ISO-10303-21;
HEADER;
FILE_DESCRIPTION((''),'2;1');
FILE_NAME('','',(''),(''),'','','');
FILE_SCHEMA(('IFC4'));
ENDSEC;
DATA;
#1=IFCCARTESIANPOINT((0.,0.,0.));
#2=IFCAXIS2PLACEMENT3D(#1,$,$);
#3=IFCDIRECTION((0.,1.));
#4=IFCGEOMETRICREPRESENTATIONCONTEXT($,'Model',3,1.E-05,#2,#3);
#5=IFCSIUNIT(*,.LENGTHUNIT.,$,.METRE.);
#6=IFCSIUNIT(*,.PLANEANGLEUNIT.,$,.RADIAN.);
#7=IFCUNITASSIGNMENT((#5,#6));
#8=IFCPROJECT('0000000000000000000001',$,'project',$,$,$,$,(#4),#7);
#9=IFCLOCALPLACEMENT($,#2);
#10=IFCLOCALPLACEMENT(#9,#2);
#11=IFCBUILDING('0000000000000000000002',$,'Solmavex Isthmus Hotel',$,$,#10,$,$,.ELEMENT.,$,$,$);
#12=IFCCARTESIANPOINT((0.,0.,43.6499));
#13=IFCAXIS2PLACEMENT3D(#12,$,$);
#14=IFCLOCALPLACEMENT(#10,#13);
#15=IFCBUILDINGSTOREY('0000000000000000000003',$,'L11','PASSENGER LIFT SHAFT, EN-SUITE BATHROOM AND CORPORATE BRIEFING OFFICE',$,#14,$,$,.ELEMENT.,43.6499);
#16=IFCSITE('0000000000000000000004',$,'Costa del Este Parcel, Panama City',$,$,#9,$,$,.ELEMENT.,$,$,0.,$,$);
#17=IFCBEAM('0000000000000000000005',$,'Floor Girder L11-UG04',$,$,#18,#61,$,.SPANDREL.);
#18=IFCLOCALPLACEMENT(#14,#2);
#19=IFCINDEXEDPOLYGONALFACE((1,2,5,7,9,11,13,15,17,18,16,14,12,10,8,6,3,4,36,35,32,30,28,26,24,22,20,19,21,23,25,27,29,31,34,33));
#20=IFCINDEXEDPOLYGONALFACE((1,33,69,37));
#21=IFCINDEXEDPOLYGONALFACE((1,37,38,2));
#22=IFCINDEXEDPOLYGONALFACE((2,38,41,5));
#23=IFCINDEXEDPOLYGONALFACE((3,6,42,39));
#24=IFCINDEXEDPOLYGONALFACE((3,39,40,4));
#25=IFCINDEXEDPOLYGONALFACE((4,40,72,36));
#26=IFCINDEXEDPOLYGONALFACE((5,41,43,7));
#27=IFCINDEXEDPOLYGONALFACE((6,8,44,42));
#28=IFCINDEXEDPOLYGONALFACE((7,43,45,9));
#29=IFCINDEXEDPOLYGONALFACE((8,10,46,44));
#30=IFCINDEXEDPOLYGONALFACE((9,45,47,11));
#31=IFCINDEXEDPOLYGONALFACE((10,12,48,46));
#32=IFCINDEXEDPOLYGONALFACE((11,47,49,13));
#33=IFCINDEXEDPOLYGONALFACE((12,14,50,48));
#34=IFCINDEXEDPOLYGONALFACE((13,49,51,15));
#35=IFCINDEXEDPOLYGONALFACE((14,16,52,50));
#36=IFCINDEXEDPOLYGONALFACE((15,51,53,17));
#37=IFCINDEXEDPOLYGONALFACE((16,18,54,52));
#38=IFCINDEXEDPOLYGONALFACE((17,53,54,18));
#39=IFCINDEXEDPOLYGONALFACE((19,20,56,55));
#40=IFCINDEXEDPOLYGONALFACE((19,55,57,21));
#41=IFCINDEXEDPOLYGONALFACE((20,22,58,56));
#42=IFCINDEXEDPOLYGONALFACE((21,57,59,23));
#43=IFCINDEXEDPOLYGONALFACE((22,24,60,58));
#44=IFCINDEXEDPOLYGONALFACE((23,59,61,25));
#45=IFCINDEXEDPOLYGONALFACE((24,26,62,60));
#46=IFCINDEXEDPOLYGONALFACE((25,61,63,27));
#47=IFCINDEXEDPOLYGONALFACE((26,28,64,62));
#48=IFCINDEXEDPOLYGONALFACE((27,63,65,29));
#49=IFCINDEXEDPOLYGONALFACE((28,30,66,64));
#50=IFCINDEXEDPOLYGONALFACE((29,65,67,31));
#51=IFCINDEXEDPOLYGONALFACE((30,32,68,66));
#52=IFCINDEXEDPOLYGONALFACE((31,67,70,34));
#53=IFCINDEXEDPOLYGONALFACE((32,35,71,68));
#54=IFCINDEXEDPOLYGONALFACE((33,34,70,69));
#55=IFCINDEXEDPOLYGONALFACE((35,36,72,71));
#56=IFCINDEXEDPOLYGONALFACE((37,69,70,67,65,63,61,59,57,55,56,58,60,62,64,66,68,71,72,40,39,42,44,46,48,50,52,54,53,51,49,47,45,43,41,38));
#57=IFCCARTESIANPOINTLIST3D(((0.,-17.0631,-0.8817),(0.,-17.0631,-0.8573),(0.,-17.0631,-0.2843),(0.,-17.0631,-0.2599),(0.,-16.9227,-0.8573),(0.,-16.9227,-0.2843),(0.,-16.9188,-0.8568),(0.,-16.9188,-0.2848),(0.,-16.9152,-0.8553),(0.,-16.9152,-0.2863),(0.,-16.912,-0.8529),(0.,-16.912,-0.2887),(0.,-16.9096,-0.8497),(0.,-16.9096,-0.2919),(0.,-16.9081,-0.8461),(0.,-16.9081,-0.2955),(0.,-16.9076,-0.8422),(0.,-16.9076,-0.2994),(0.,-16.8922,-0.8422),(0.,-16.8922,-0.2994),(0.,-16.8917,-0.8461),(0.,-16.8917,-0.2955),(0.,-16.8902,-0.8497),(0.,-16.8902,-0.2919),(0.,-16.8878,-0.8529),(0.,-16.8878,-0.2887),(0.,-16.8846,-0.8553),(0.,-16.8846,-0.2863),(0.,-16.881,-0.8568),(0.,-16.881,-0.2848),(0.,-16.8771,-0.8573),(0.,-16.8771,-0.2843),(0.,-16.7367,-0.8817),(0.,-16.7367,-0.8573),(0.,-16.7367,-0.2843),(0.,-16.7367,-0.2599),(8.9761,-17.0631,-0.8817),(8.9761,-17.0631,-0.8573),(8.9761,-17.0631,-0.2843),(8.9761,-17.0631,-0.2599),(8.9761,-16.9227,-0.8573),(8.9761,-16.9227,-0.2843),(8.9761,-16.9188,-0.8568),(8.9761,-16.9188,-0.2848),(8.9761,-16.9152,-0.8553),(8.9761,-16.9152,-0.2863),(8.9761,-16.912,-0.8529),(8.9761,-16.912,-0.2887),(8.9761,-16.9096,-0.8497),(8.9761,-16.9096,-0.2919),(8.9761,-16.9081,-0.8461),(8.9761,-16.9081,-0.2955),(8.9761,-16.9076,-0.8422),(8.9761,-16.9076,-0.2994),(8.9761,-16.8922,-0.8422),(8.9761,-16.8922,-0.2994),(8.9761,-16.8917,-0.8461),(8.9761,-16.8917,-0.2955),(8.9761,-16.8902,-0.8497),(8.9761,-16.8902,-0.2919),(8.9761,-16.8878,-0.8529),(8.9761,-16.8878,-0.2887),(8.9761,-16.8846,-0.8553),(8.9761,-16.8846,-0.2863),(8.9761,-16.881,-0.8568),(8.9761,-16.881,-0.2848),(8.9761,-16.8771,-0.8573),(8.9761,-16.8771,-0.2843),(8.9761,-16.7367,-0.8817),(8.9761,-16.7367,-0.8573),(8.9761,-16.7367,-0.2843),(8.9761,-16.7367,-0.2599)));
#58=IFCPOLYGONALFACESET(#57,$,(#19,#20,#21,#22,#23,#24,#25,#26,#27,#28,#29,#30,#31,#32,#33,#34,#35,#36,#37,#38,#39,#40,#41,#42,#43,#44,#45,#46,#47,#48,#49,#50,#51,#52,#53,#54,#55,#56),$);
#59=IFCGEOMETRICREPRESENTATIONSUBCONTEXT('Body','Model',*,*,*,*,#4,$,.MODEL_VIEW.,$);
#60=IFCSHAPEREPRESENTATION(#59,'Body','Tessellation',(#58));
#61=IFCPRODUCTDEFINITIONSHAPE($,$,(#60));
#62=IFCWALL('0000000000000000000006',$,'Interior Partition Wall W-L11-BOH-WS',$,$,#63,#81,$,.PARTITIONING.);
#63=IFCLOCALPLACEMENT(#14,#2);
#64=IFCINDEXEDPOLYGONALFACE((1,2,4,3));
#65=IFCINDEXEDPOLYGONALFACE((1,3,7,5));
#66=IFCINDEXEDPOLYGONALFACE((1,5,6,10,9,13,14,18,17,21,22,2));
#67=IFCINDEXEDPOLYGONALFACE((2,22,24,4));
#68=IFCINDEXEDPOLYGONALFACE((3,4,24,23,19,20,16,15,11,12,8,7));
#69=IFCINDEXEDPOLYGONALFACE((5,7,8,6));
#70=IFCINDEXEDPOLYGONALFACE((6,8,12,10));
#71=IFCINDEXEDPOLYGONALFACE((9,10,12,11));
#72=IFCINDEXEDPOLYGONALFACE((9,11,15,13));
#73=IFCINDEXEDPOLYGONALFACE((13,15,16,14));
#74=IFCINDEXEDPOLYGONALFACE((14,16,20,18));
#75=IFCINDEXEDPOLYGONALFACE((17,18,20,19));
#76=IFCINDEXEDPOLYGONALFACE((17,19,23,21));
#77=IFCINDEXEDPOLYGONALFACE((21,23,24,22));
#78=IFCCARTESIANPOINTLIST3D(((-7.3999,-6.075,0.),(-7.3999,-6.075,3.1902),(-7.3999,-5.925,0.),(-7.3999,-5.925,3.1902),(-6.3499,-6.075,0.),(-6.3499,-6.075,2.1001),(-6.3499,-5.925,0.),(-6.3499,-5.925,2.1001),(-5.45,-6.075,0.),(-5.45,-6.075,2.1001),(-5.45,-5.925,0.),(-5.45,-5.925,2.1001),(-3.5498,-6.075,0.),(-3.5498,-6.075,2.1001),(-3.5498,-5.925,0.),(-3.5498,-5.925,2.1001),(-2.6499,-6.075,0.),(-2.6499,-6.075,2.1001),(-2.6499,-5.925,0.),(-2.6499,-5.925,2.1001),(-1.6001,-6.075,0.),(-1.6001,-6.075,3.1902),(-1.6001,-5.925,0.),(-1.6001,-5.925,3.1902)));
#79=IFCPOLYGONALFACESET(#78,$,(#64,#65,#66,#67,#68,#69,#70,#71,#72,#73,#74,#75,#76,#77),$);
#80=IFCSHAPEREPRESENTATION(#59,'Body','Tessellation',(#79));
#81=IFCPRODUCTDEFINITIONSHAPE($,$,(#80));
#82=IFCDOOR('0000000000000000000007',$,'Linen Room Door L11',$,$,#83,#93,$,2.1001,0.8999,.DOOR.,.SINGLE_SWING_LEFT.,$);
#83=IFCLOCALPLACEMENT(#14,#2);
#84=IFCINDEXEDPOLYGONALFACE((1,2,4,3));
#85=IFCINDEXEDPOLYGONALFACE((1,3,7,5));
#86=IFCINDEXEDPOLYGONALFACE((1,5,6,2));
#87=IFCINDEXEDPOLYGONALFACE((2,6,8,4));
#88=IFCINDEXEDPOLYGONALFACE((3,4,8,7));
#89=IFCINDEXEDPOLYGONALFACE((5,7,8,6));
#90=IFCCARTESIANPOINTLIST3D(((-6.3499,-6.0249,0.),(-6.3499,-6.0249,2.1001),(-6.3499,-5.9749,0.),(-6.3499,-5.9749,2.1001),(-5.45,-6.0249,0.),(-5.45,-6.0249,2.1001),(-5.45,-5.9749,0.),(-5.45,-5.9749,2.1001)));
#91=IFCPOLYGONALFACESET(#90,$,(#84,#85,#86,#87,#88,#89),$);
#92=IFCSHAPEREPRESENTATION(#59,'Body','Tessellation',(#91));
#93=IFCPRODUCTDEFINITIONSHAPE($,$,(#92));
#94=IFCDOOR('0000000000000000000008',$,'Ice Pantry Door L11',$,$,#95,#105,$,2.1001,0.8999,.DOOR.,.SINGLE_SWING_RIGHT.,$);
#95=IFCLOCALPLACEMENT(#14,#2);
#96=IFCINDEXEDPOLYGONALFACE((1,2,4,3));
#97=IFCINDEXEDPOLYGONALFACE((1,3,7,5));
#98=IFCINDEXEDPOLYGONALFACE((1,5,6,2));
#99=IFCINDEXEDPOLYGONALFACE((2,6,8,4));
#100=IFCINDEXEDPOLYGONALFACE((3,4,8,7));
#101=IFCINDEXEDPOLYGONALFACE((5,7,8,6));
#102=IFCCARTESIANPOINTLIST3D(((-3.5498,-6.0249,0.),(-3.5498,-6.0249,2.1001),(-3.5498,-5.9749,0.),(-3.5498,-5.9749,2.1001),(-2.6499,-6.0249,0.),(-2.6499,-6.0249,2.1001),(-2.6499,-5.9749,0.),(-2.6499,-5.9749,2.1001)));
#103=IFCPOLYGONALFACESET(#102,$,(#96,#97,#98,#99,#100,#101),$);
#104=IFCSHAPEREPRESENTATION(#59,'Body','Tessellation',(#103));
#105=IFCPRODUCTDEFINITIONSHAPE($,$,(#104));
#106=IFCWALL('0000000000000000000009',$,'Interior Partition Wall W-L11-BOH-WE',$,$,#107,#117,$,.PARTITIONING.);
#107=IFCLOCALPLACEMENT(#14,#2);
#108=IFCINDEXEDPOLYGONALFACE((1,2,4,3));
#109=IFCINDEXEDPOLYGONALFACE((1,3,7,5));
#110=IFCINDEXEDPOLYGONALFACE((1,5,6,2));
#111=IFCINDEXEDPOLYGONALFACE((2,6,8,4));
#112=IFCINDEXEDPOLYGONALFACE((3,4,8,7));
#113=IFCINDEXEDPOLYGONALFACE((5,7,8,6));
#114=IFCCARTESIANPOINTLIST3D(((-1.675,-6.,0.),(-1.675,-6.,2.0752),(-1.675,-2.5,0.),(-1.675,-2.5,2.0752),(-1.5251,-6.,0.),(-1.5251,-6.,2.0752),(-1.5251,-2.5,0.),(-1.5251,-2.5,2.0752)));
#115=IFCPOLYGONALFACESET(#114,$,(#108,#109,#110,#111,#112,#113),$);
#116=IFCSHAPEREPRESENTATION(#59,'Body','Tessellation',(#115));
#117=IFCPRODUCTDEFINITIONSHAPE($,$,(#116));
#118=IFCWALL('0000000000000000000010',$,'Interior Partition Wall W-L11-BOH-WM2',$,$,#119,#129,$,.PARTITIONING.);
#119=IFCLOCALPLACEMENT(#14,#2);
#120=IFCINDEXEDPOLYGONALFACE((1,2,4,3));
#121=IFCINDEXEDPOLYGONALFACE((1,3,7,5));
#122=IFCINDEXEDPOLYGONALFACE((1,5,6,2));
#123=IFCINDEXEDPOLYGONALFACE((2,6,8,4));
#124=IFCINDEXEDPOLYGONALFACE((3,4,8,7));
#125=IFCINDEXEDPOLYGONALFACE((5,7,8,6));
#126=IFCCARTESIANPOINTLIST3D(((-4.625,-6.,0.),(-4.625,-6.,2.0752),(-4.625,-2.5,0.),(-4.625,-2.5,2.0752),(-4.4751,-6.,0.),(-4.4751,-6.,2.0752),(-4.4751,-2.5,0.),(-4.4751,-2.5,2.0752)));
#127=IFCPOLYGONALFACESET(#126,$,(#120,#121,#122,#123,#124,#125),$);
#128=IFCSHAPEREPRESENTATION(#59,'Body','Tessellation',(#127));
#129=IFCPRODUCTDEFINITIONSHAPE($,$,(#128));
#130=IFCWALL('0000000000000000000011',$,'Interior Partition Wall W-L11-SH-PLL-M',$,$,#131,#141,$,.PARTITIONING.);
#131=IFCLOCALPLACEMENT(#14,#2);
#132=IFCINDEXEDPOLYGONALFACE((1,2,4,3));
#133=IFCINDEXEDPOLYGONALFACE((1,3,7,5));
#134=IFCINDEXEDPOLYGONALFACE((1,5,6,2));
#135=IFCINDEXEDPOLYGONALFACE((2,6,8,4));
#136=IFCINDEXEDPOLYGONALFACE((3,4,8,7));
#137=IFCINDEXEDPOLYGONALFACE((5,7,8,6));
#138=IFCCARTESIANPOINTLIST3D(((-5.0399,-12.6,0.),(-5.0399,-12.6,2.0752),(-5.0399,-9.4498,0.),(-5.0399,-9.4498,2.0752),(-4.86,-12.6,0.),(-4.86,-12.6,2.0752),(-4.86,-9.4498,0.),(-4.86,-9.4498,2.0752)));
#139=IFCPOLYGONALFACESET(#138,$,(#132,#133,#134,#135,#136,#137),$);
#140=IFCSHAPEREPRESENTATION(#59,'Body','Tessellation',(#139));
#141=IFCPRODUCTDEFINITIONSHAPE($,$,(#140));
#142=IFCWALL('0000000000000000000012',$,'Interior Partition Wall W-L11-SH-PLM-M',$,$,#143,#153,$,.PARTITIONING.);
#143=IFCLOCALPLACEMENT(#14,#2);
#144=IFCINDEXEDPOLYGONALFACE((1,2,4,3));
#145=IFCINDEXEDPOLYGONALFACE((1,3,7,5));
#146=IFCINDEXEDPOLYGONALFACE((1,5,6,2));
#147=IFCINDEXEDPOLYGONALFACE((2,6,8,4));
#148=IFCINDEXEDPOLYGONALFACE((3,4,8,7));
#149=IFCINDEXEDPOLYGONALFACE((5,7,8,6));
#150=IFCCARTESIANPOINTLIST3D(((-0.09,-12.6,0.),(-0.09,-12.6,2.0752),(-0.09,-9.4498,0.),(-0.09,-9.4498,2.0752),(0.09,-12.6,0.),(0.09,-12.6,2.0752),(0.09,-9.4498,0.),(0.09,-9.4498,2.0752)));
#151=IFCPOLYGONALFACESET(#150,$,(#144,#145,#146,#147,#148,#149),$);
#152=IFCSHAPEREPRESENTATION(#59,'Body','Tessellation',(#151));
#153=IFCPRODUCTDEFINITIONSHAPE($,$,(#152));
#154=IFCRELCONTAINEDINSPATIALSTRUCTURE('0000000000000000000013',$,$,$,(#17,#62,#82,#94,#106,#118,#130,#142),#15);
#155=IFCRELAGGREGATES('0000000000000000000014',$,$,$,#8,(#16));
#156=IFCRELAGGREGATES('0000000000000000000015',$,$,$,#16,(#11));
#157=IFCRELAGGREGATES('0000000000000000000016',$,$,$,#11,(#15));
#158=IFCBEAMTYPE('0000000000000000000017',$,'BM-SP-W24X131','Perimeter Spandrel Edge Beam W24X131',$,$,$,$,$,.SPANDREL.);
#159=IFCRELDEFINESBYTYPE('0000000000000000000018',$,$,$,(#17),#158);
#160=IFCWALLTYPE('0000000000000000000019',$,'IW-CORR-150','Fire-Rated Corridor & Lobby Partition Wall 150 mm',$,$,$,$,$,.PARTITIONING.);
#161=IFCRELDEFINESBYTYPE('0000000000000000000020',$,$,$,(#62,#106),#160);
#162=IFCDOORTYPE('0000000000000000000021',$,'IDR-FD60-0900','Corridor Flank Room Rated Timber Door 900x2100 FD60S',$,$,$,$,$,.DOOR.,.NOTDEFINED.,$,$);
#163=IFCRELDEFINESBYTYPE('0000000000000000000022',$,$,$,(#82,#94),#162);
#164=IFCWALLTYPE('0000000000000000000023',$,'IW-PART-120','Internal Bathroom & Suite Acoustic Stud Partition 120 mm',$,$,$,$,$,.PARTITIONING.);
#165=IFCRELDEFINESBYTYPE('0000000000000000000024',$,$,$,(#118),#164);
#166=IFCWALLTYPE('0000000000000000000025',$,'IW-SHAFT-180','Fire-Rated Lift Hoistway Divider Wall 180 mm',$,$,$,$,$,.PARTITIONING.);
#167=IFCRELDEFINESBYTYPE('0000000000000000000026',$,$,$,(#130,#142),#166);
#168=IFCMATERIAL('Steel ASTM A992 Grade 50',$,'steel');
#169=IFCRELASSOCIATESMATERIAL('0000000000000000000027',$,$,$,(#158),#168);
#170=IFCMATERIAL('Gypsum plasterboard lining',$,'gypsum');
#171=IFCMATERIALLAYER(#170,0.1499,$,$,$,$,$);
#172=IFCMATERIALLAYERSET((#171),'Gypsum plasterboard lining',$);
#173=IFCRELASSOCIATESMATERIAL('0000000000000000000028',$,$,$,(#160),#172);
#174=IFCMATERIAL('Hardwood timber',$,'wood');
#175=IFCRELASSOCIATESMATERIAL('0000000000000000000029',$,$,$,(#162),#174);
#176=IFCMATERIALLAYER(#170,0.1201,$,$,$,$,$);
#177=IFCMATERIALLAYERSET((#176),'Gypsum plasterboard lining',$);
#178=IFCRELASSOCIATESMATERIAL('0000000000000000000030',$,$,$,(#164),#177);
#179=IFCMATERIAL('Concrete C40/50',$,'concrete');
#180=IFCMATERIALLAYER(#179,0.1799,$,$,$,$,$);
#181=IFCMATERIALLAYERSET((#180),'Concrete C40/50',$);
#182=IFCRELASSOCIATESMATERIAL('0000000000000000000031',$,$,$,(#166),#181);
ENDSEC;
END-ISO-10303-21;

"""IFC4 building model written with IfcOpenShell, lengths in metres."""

from ifc_helpers import new_model, si_unit, direction, frame, frame_2d, origin, origin_2d, place, context, subcontext, project, spatial, rectangle, i_section, extrude, material, layer, layer_set, material_profile, profile_set, type_object, element, fill, save


model = new_model("IFC4")

# Units and contexts
model_context = context("Model", 3, precision=1e-05, world=origin(), true_north=direction((0.0, 1.0)))
body_context = subcontext(model_context, "Body", "Model", "MODEL_VIEW")
ifc_project = project(units=[si_unit("LENGTHUNIT", "METRE"), si_unit("PLANEANGLEUNIT", "RADIAN")], contexts=[model_context])

# Site, building, storey
site_placement = place(None, origin())
site = spatial("IfcSite", under=ifc_project, at=site_placement, Name="Costa del Este Parcel, Panama City", CompositionType="ELEMENT", RefElevation=0.0)
building_placement = place(site_placement, origin())
building = spatial("IfcBuilding", under=site, at=building_placement, Name="Solmavex Isthmus Hotel", CompositionType="ELEMENT")
storey_placement = place(building_placement, frame((0.0, 0.0, 43.6499)))
storey = spatial("IfcBuildingStorey", under=building, at=storey_placement, Name="L11", Description="PASSENGER LIFT SHAFT, EN-SUITE BATHROOM AND CORPORATE BRIEFING OFFICE", CompositionType="ELEMENT", Elevation=43.6499)

# Beam
ifc_material_1 = material(Name="Steel ASTM A992 Grade 50", Category="steel")
ifc_material_profile_1 = material_profile(ifc_material_1, i_section(OverallWidth=0.3264, OverallDepth=0.6218, WebThickness=0.0154, FlangeThickness=0.0244, FilletRadius=0.0151, at=origin_2d()), Name="W24X131")
ifc_profile_set_1 = profile_set([ifc_material_profile_1], Name="Steel ASTM A992 Grade 50")
beam_type_1 = type_object("IfcBeamType", Name="BM-SP-W24X131", Description="Perimeter Spandrel Edge Beam W24X131", PredefinedType="SPANDREL", material=ifc_profile_set_1)
beam_1_placement = place(storey_placement, frame((0.0, -16.8999, -0.5708), z_axis=(1.0, 0.0, 0.0), x_axis=(0.0, 1.0, 0.0)))
element("IfcBeam", 1, at=beam_1_placement, inside=storey, type_object=beam_type_1, Name="Floor Girder L11-UG04", PredefinedType="SPANDREL", context=body_context, shape_type="SweptSolid", body=[
    extrude(i_section(OverallWidth=0.3264, OverallDepth=0.6218, WebThickness=0.0154, FlangeThickness=0.0244, FilletRadius=0.0151, at=origin_2d()), origin(), (0.0, 0.0, 1.0), 8.9761),
])

# Wall, openings, doors
ifc_material_2 = material(Name="Gypsum plasterboard lining", Category="gypsum")
ifc_layer_1 = layer(ifc_material_2, 0.1499)
ifc_layer_set_1 = layer_set([ifc_layer_1], Name="Gypsum plasterboard lining")
wall_type_1 = type_object("IfcWallType", Name="IW-CORR-150", Description="Fire-Rated Corridor & Lobby Partition Wall 150 mm", PredefinedType="PARTITIONING", material=ifc_layer_set_1)
wall_1_placement = place(storey_placement, frame((-7.3999, -6.0, 0.0), z_axis=(0.0, 0.0, 1.0), x_axis=(1.0, 0.0, 0.0)))
wall_1 = element("IfcWall", 2, at=wall_1_placement, inside=storey, type_object=wall_type_1, Name="Interior Partition Wall W-L11-BOH-WS", PredefinedType="PARTITIONING", context=body_context, shape_type="SweptSolid", body=[
    extrude(rectangle(XDim=5.7998, YDim=0.1499, at=frame_2d((2.8999, 0.0))), origin(), (0.0, 0.0, 1.0), 3.1902),
])
opening_1_placement = place(wall_1_placement, frame((1.05, 0.0, 0.0)))
opening_1 = element("IfcOpeningElement", 3, at=opening_1_placement, cuts=wall_1, PredefinedType="OPENING", context=body_context, shape_type="SweptSolid", body=[
    extrude(rectangle(XDim=0.8999, YDim=2.1001, at=frame_2d((0.45, 1.05))), frame((0.0, 0.085, 0.0), z_axis=(0.0, -1.0, 0.0), x_axis=(1.0, 0.0, 0.0)), (0.0, 0.0, 1.0), 0.1699),
])
opening_2_placement = place(wall_1_placement, frame((3.8501, 0.0, 0.0)))
opening_2 = element("IfcOpeningElement", 4, at=opening_2_placement, cuts=wall_1, PredefinedType="OPENING", context=body_context, shape_type="SweptSolid", body=[
    extrude(rectangle(XDim=0.8999, YDim=2.1001, at=frame_2d((0.45, 1.05))), frame((0.0, 0.085, 0.0), z_axis=(0.0, -1.0, 0.0), x_axis=(1.0, 0.0, 0.0)), (0.0, 0.0, 1.0), 0.1699),
])
ifc_material_3 = material(Name="Hardwood timber", Category="wood")
door_type_1 = type_object("IfcDoorType", Name="IDR-FD60-0900", Description="Corridor Flank Room Rated Timber Door 900x2100 FD60S", OperationType="NOTDEFINED", PredefinedType="DOOR", material=ifc_material_3)
door_1_placement = place(opening_1_placement, frame((0.8999, 0.0, 0.0), z_axis=(0.0, 0.0, 1.0), x_axis=(-1.0, 0.0, 0.0)))
door_1 = element("IfcDoor", 5, at=door_1_placement, inside=storey, type_object=door_type_1, Name="Linen Room Door L11", OperationType="SINGLE_SWING_LEFT", OverallHeight=2.1001, OverallWidth=0.8999, PredefinedType="DOOR", context=body_context, shape_type="SweptSolid", body=[
    extrude(rectangle(XDim=0.8999, YDim=2.1001, at=frame_2d((0.45, 1.05))), frame((0.0, 0.0249, 0.0), z_axis=(0.0, -1.0, 0.0), x_axis=(1.0, 0.0, 0.0)), (0.0, 0.0, 1.0), 0.05),
])
fill(opening_1, door_1)
door_2_placement = place(opening_2_placement, frame((0.8999, 0.0, 0.0), z_axis=(0.0, 0.0, 1.0), x_axis=(-1.0, 0.0, 0.0)))
door_2 = element("IfcDoor", 6, at=door_2_placement, inside=storey, type_object=door_type_1, Name="Ice Pantry Door L11", OperationType="SINGLE_SWING_RIGHT", OverallHeight=2.1001, OverallWidth=0.8999, PredefinedType="DOOR", context=body_context, shape_type="SweptSolid", body=[
    extrude(rectangle(XDim=0.8999, YDim=2.1001, at=frame_2d((0.45, 1.05))), frame((0.0, 0.0249, 0.0), z_axis=(0.0, -1.0, 0.0), x_axis=(1.0, 0.0, 0.0)), (0.0, 0.0, 1.0), 0.05),
])
fill(opening_2, door_2)

# Walls
wall_2_placement = place(storey_placement, frame((-1.6001, -6.0, 0.0), z_axis=(0.0, 0.0, 1.0), x_axis=(0.0, 1.0, 0.0)))
element("IfcWall", 7, at=wall_2_placement, inside=storey, type_object=wall_type_1, Name="Interior Partition Wall W-L11-BOH-WE", PredefinedType="PARTITIONING", context=body_context, shape_type="SweptSolid", body=[
    extrude(rectangle(XDim=3.5, YDim=0.1499, at=frame_2d((1.75, 0.0))), origin(), (0.0, 0.0, 1.0), 2.0752),
])
ifc_layer_2 = layer(ifc_material_2, 0.1201)
ifc_layer_set_2 = layer_set([ifc_layer_2], Name="Gypsum plasterboard lining")
wall_type_2 = type_object("IfcWallType", Name="IW-PART-120", Description="Internal Bathroom & Suite Acoustic Stud Partition 120 mm", PredefinedType="PARTITIONING", material=ifc_layer_set_2)
wall_3_placement = place(storey_placement, frame((-4.55, -6.0, 0.0), z_axis=(0.0, 0.0, 1.0), x_axis=(0.0, 1.0, 0.0)))
element("IfcWall", 8, at=wall_3_placement, inside=storey, type_object=wall_type_2, Name="Interior Partition Wall W-L11-BOH-WM2", PredefinedType="PARTITIONING", context=body_context, shape_type="SweptSolid", body=[
    extrude(rectangle(XDim=3.5, YDim=0.1499, at=frame_2d((1.75, 0.0))), origin(), (0.0, 0.0, 1.0), 2.0752),
])
ifc_material_4 = material(Name="Concrete C40/50", Category="concrete")
ifc_layer_3 = layer(ifc_material_4, 0.1799)
ifc_layer_set_3 = layer_set([ifc_layer_3], Name="Concrete C40/50")
wall_type_3 = type_object("IfcWallType", Name="IW-SHAFT-180", Description="Fire-Rated Lift Hoistway Divider Wall 180 mm", PredefinedType="PARTITIONING", material=ifc_layer_set_3)
for number, where, z_axis, x_axis, name in (
    (9, (-4.95, -12.6001, 0.0), (0.0, 0.0, 1.0), (0.0, 1.0, 0.0), "Interior Partition Wall W-L11-SH-PLL-M"),
    (10, (0.0, -12.6001, 0.0), (0.0, 0.0, 1.0), (0.0, 1.0, 0.0), "Interior Partition Wall W-L11-SH-PLM-M"),
):
    element("IfcWall", number, at=place(storey_placement, frame(where, z_axis=z_axis, x_axis=x_axis)), inside=storey, type_object=wall_type_3, Name=name, PredefinedType="PARTITIONING", context=body_context, shape_type="SweptSolid", body=[
        extrude(rectangle(XDim=3.1501, YDim=0.1799, at=frame_2d((1.5752, 0.0))), origin(), (0.0, 0.0, 1.0), 2.0752),
    ])

save(model, "model.ifc")
